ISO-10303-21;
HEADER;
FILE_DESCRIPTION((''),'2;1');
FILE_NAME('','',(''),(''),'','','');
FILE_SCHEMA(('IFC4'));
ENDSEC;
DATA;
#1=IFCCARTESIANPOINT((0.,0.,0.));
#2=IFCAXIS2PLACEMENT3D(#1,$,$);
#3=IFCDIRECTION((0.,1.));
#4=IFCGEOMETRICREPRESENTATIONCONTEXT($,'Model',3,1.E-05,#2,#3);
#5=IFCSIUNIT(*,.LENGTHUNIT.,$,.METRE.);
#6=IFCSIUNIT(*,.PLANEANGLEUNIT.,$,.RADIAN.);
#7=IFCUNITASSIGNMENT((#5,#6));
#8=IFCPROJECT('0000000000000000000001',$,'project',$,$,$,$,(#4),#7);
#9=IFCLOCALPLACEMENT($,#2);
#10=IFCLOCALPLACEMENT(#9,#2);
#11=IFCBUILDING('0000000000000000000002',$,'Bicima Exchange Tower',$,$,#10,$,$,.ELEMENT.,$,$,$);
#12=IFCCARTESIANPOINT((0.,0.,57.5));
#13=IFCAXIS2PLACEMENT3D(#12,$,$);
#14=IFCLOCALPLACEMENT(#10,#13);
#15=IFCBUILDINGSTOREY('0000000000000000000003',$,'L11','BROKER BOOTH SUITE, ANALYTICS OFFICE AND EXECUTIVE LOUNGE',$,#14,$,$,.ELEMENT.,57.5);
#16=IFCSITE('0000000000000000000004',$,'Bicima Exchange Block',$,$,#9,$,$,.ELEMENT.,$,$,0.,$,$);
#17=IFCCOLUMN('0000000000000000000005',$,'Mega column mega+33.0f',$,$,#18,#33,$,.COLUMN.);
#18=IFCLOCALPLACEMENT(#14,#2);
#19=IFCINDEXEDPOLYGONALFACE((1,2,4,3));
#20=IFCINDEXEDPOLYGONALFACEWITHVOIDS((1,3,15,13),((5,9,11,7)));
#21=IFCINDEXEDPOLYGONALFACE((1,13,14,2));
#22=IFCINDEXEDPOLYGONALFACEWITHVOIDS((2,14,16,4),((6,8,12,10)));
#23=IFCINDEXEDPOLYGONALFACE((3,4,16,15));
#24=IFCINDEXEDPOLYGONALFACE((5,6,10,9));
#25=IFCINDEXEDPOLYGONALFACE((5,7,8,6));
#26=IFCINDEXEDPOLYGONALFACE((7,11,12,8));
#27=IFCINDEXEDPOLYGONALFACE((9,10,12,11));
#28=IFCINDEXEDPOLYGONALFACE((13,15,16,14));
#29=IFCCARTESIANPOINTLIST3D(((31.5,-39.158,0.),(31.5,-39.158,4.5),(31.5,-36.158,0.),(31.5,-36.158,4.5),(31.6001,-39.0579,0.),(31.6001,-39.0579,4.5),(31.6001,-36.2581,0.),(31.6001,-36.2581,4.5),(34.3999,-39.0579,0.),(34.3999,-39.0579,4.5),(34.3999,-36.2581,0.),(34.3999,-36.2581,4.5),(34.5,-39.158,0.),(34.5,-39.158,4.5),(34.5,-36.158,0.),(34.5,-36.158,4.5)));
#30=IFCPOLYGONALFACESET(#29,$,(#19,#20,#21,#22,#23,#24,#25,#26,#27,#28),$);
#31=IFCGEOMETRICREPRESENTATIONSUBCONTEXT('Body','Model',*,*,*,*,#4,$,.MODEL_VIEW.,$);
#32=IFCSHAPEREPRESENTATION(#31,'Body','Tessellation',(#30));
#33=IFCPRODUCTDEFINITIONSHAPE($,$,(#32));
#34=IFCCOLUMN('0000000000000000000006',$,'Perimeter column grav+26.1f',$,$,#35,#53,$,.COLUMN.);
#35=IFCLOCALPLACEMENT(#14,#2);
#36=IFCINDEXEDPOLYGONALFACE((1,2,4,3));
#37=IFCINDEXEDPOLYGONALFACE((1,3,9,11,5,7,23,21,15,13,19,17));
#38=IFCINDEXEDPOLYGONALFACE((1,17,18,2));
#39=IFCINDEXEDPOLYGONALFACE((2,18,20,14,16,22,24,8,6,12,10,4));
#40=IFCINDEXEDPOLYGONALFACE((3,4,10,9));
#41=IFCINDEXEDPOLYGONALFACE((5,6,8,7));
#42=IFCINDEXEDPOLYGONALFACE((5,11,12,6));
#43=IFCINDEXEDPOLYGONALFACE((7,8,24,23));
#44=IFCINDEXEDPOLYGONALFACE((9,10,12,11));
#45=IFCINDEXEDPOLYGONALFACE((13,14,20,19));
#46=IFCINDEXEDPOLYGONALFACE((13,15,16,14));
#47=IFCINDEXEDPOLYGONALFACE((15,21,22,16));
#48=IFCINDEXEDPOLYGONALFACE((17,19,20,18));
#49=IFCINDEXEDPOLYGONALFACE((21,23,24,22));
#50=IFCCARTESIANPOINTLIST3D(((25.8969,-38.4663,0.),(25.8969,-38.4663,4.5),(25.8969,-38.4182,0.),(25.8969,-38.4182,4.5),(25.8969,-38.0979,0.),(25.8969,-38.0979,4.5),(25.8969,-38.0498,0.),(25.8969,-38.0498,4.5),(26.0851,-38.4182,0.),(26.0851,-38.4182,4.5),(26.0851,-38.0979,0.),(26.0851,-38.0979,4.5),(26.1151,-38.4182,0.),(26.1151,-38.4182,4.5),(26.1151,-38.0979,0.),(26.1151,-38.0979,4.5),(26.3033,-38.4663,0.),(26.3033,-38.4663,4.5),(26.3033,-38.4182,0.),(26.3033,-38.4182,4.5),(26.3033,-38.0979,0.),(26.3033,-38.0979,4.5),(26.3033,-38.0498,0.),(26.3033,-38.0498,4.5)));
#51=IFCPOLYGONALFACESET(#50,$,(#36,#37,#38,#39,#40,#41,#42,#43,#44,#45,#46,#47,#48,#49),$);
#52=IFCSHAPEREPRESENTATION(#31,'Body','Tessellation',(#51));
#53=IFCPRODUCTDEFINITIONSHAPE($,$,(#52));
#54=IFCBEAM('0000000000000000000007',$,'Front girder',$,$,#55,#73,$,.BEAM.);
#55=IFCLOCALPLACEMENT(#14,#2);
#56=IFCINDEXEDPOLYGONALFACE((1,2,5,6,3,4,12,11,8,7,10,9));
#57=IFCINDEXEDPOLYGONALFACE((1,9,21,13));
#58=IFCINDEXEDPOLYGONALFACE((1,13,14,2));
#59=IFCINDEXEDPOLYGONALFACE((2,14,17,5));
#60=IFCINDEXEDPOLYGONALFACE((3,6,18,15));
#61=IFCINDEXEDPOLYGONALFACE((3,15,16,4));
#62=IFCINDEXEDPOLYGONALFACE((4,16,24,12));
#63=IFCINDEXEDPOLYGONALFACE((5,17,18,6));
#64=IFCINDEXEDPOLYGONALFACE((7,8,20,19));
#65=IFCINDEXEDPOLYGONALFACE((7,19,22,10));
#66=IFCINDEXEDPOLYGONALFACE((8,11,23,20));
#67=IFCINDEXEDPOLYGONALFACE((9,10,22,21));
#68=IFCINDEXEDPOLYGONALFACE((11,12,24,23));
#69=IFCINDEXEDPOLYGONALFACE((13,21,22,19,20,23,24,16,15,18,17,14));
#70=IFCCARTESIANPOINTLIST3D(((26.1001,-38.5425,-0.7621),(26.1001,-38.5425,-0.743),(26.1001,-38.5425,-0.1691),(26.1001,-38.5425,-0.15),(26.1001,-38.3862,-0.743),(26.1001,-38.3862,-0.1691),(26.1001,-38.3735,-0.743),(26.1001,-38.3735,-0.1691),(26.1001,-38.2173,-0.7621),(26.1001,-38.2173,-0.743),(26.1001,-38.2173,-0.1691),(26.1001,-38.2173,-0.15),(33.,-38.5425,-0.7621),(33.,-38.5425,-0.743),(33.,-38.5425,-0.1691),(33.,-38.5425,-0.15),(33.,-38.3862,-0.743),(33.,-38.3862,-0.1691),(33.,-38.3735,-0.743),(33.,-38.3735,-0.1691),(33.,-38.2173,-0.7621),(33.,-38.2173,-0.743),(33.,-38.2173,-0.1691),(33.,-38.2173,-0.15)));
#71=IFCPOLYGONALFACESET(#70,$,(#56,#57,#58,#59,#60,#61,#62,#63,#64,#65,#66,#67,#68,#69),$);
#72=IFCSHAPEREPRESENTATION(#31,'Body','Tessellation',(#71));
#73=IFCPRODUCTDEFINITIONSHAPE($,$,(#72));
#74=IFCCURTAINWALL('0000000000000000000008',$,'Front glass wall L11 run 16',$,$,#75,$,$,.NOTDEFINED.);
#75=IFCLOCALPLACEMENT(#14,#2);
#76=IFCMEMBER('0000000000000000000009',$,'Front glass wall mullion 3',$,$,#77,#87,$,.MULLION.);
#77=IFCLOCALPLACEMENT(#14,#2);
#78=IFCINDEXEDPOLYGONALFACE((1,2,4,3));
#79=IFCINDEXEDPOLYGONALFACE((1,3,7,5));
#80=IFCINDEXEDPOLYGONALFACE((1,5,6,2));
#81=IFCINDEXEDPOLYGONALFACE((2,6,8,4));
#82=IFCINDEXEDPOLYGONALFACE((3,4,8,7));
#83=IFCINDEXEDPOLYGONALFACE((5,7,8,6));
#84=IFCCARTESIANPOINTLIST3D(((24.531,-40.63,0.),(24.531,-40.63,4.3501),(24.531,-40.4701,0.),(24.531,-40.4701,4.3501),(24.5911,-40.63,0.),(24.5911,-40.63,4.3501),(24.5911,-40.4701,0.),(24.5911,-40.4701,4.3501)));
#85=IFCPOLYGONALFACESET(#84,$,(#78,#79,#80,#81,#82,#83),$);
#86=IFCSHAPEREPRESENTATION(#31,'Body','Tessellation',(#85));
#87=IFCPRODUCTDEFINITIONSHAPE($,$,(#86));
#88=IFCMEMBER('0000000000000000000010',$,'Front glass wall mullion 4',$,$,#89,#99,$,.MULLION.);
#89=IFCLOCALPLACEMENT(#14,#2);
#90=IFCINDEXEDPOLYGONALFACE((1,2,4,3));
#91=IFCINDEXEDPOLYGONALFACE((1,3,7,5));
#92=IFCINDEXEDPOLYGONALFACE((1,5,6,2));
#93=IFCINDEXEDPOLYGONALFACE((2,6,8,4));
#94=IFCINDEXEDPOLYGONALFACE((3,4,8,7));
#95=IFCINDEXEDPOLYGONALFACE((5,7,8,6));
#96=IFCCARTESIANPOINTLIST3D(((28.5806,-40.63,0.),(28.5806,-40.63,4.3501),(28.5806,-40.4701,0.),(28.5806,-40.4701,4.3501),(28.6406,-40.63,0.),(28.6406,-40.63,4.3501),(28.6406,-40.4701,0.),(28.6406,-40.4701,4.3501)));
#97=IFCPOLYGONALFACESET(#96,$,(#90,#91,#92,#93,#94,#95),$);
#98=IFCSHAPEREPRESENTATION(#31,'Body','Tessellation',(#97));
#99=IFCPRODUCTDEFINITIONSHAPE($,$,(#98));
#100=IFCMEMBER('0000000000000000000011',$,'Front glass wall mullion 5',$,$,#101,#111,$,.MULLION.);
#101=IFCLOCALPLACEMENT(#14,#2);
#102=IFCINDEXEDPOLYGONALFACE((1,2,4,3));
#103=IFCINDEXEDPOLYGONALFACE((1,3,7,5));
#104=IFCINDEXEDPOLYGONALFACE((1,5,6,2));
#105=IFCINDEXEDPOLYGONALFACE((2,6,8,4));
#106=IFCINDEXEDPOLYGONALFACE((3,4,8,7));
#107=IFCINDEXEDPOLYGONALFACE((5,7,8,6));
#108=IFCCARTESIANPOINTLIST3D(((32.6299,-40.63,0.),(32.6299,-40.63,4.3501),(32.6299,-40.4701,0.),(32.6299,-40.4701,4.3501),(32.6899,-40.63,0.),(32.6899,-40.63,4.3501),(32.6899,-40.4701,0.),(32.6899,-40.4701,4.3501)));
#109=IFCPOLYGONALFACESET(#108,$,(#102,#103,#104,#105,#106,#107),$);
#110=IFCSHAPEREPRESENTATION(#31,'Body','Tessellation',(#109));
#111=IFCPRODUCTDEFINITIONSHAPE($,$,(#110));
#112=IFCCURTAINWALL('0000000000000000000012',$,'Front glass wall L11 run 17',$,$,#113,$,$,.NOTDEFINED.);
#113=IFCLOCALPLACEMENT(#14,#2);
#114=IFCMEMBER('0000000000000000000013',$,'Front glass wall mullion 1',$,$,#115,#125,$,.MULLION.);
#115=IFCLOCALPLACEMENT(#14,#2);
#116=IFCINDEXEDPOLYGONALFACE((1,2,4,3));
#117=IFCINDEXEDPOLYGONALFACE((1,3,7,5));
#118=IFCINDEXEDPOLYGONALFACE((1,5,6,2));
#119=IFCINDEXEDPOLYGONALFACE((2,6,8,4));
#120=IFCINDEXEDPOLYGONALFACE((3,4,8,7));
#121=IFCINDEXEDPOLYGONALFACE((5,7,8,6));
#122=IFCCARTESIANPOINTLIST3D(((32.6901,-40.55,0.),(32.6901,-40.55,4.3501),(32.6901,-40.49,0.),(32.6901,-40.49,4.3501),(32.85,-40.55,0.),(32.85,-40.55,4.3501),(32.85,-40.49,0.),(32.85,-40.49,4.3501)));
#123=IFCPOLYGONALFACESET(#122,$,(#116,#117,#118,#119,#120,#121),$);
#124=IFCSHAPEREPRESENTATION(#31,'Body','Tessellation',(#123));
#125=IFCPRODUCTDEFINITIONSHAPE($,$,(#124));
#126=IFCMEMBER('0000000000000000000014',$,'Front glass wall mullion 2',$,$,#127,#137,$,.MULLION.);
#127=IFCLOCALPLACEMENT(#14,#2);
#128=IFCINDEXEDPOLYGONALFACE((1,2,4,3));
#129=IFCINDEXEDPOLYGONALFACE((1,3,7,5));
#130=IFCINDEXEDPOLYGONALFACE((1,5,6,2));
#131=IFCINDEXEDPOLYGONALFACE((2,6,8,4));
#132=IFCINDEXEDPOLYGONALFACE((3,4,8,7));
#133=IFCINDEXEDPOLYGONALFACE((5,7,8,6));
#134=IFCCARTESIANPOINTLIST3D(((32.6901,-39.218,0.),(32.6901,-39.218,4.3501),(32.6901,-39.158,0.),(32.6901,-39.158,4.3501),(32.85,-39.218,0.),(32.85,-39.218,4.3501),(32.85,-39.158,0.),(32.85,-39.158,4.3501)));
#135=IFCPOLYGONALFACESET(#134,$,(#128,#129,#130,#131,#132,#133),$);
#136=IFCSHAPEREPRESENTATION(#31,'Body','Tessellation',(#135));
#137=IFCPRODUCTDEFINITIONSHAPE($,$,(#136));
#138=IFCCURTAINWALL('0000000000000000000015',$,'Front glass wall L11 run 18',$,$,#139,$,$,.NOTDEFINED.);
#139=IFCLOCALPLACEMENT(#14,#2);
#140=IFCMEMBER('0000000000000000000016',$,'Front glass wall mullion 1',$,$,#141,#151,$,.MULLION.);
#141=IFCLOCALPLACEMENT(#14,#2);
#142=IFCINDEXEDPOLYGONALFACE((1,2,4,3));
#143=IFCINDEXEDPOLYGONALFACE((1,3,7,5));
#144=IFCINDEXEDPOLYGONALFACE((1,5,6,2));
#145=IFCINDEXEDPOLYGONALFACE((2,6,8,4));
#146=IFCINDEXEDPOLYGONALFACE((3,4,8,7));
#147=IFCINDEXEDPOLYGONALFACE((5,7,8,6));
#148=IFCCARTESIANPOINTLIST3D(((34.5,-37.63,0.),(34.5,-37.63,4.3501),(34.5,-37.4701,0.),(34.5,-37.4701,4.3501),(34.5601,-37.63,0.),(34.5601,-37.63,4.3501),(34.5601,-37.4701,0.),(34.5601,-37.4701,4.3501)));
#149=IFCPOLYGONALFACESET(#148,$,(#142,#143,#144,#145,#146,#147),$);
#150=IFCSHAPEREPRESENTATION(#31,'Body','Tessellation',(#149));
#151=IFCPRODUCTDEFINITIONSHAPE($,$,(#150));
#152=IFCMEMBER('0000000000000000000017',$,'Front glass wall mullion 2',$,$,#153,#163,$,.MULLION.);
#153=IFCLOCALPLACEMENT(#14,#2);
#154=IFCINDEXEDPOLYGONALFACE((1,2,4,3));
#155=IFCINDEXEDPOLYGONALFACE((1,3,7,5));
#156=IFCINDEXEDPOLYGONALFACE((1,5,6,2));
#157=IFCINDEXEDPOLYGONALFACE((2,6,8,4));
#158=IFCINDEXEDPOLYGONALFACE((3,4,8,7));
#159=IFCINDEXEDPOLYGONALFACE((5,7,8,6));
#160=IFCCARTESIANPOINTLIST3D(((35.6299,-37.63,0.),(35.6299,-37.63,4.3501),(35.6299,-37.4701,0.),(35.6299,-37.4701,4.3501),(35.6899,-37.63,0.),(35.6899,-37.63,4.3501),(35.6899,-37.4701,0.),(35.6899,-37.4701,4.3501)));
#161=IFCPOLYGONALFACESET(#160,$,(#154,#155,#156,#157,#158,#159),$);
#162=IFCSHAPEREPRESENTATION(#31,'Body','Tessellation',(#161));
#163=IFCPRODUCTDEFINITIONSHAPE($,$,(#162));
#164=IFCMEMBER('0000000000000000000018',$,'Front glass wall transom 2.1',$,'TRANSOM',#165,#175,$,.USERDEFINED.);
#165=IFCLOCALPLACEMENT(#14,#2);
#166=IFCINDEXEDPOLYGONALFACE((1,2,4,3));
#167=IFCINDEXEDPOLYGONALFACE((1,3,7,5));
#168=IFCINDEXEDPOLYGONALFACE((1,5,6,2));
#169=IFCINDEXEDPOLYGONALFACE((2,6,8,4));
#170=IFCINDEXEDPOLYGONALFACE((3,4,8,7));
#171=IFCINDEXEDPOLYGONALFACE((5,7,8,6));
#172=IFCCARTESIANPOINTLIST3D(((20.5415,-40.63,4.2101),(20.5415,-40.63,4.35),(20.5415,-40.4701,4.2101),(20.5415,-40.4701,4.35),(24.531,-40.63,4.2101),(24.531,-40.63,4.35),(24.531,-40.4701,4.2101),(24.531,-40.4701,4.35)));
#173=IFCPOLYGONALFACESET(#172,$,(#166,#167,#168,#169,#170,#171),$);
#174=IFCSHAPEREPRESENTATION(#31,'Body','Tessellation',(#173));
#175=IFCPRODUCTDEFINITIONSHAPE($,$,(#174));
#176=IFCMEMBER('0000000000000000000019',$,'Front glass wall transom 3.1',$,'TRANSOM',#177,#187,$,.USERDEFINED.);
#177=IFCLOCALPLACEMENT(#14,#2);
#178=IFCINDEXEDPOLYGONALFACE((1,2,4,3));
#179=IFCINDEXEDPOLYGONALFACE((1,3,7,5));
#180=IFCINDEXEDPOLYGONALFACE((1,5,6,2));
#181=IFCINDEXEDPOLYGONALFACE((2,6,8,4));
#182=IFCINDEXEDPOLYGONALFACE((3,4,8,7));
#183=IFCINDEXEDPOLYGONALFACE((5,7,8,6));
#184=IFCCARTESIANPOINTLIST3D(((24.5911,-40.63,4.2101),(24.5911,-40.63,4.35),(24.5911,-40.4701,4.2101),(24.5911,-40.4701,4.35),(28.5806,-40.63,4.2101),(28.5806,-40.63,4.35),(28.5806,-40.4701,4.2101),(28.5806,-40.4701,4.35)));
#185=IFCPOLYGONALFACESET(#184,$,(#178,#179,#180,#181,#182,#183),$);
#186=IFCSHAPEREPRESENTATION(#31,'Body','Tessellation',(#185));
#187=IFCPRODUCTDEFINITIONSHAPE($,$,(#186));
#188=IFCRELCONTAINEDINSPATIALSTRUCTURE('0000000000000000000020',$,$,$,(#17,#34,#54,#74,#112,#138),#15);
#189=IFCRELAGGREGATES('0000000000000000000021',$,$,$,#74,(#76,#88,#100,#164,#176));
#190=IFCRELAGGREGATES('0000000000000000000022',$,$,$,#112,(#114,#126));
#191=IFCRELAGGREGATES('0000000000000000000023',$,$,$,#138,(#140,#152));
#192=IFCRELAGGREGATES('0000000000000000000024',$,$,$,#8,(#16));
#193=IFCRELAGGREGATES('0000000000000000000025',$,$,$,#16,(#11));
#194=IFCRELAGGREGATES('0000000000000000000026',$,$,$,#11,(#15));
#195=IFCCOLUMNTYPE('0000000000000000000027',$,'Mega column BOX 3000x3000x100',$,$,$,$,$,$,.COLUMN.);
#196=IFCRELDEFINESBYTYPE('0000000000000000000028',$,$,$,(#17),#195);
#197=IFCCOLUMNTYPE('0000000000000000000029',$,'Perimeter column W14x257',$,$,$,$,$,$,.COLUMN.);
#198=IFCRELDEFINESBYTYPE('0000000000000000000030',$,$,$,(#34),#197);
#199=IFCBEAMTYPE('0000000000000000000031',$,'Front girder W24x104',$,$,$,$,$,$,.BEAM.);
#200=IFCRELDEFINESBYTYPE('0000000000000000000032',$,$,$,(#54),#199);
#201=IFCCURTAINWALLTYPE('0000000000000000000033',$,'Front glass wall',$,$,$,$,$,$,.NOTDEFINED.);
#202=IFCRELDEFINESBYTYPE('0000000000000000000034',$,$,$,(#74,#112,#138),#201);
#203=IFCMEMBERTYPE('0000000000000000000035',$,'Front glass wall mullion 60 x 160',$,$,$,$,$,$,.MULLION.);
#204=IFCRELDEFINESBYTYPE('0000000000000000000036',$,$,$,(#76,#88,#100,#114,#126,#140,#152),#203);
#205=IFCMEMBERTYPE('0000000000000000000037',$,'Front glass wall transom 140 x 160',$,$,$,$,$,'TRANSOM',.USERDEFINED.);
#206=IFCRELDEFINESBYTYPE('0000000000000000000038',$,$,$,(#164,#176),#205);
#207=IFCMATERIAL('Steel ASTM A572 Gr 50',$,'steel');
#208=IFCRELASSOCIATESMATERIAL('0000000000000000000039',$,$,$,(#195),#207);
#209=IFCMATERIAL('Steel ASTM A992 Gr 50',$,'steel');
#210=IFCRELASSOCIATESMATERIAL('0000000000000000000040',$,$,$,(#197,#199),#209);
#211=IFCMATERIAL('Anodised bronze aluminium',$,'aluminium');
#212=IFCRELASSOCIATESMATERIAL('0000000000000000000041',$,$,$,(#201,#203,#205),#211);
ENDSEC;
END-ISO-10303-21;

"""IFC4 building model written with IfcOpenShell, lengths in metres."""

from ifc_helpers import new_model, si_unit, direction, frame, origin, origin_2d, place, context, subcontext, project, spatial, rectangle, hollow_rectangle, i_section, extrude, material, material_profile, profile_set, type_object, element, aggregate, save


model = new_model("IFC4")

# Units and contexts
model_context = context("Model", 3, precision=1e-05, world=origin(), true_north=direction((0.0, 1.0)))
body_context = subcontext(model_context, "Body", "Model", "MODEL_VIEW")
ifc_project = project(units=[si_unit("LENGTHUNIT", "METRE"), si_unit("PLANEANGLEUNIT", "RADIAN")], contexts=[model_context])

# Site, building, storey
site_placement = place(None, origin())
site = spatial("IfcSite", under=ifc_project, at=site_placement, Name="Bicima Exchange Block", CompositionType="ELEMENT", RefElevation=0.0)
building_placement = place(site_placement, origin())
building = spatial("IfcBuilding", under=site, at=building_placement, Name="Bicima Exchange Tower", CompositionType="ELEMENT")
storey_placement = place(building_placement, frame((0.0, 0.0, 57.5)))
storey = spatial("IfcBuildingStorey", under=building, at=storey_placement, Name="L11", Description="BROKER BOOTH SUITE, ANALYTICS OFFICE AND EXECUTIVE LOUNGE", CompositionType="ELEMENT", Elevation=57.5)

# Columns
ifc_material_1 = material(Name="Steel ASTM A572 Gr 50", Category="steel")
ifc_material_profile_1 = material_profile(ifc_material_1, hollow_rectangle(XDim=3.0, YDim=3.0, WallThickness=0.1001, at=origin_2d()))
ifc_profile_set_1 = profile_set([ifc_material_profile_1], Name="Steel ASTM A572 Gr 50")
column_type_1 = type_object("IfcColumnType", Name="Mega column BOX 3000x3000x100", PredefinedType="COLUMN", material=ifc_profile_set_1)
column_1_placement = place(storey_placement, frame((33.0, -37.658, 0.0), z_axis=(0.0, 0.0, 1.0), x_axis=(1.0, 0.0, 0.0)))
element("IfcColumn", 1, at=column_1_placement, inside=storey, type_object=column_type_1, Name="Mega column mega+33.0f", PredefinedType="COLUMN", context=body_context, shape_type="SweptSolid", body=[
    extrude(hollow_rectangle(XDim=3.0, YDim=3.0, WallThickness=0.1001, at=origin_2d()), origin(), (0.0, 0.0, 1.0), 4.5),
])
ifc_material_2 = material(Name="Steel ASTM A992 Gr 50", Category="steel")
ifc_material_profile_2 = material_profile(ifc_material_2, i_section(OverallWidth=0.4065, OverallDepth=0.4165, WebThickness=0.03, FlangeThickness=0.0481, at=origin_2d()))
ifc_profile_set_2 = profile_set([ifc_material_profile_2], Name="Steel ASTM A992 Gr 50")
column_type_2 = type_object("IfcColumnType", Name="Perimeter column W14x257", PredefinedType="COLUMN", material=ifc_profile_set_2)
column_2_placement = place(storey_placement, frame((26.1001, -38.2581, 0.0), z_axis=(0.0, 0.0, 1.0), x_axis=(1.0, 0.0, 0.0)))
element("IfcColumn", 2, at=column_2_placement, inside=storey, type_object=column_type_2, Name="Perimeter column grav+26.1f", PredefinedType="COLUMN", context=body_context, shape_type="SweptSolid", body=[
    extrude(i_section(OverallWidth=0.4065, OverallDepth=0.4165, WebThickness=0.03, FlangeThickness=0.0481, at=origin_2d()), origin(), (0.0, 0.0, 1.0), 4.5),
])

# Beam
ifc_material_profile_3 = material_profile(ifc_material_2, i_section(OverallWidth=0.3252, OverallDepth=0.6121, WebThickness=0.0127, FlangeThickness=0.019, at=origin_2d()))
ifc_profile_set_3 = profile_set([ifc_material_profile_3], Name="Steel ASTM A992 Gr 50")
beam_type = type_object("IfcBeamType", Name="Front girder W24x104", PredefinedType="BEAM", material=ifc_profile_set_3)
beam_placement = place(storey_placement, frame((26.1001, -38.3799, -0.4561), z_axis=(1.0, 0.0, 0.0), x_axis=(0.0, 1.0, 0.0)))
element("IfcBeam", 3, at=beam_placement, inside=storey, type_object=beam_type, Name="Front girder", PredefinedType="BEAM", context=body_context, shape_type="SweptSolid", body=[
    extrude(i_section(OverallWidth=0.3252, OverallDepth=0.6121, WebThickness=0.0127, FlangeThickness=0.019, at=origin_2d()), origin(), (0.0, 0.0, 1.0), 6.8999),
])

# Curtain walls, members
ifc_material_3 = material(Name="Anodised bronze aluminium", Category="aluminium")
curtain_wall_type = type_object("IfcCurtainWallType", Name="Front glass wall", PredefinedType="NOTDEFINED", material=ifc_material_3)
curtain_wall_1_placement = place(storey_placement, origin())
curtain_wall_1 = element("IfcCurtainWall", 4, at=curtain_wall_1_placement, inside=storey, type_object=curtain_wall_type, Name="Front glass wall L11 run 16", PredefinedType="NOTDEFINED")
ifc_material_profile_4 = material_profile(ifc_material_3, rectangle(XDim=0.1599, YDim=0.0601, at=origin_2d()))
ifc_profile_set_4 = profile_set([ifc_material_profile_4], Name="Anodised bronze aluminium")
member_type_1 = type_object("IfcMemberType", Name="Front glass wall mullion 60 x 160", PredefinedType="MULLION", material=ifc_profile_set_4)
member_1_placement = place(storey_placement, frame((24.561, -40.55, 0.0), z_axis=(0.0, 0.0, 1.0), x_axis=(0.0, 1.0, 0.0)))
member_1 = element("IfcMember", 5, at=member_1_placement, type_object=member_type_1, Name="Front glass wall mullion 3", PredefinedType="MULLION", context=body_context, shape_type="SweptSolid", body=[
    extrude(rectangle(XDim=0.1599, YDim=0.0601, at=origin_2d()), origin(), (0.0, 0.0, 1.0), 4.3501),
])
member_2_placement = place(storey_placement, frame((28.6106, -40.55, 0.0), z_axis=(0.0, 0.0, 1.0), x_axis=(0.0, 1.0, 0.0)))
member_2 = element("IfcMember", 6, at=member_2_placement, type_object=member_type_1, Name="Front glass wall mullion 4", PredefinedType="MULLION", context=body_context, shape_type="SweptSolid", body=[
    extrude(rectangle(XDim=0.1599, YDim=0.0601, at=origin_2d()), origin(), (0.0, 0.0, 1.0), 4.3501),
])
member_3_placement = place(storey_placement, frame((32.6599, -40.55, 0.0), z_axis=(0.0, 0.0, 1.0), x_axis=(0.0, 1.0, 0.0)))
member_3 = element("IfcMember", 7, at=member_3_placement, type_object=member_type_1, Name="Front glass wall mullion 5", PredefinedType="MULLION", context=body_context, shape_type="SweptSolid", body=[
    extrude(rectangle(XDim=0.1599, YDim=0.0601, at=origin_2d()), origin(), (0.0, 0.0, 1.0), 4.3501),
])
curtain_wall_2_placement = place(storey_placement, origin())
curtain_wall_2 = element("IfcCurtainWall", 8, at=curtain_wall_2_placement, inside=storey, type_object=curtain_wall_type, Name="Front glass wall L11 run 17", PredefinedType="NOTDEFINED")
member_4_placement = place(storey_placement, frame((32.77, -40.52, 0.0), z_axis=(0.0, 0.0, 1.0), x_axis=(-1.0, 0.0, 0.0)))
member_4 = element("IfcMember", 9, at=member_4_placement, type_object=member_type_1, Name="Front glass wall mullion 1", PredefinedType="MULLION", context=body_context, shape_type="SweptSolid", body=[
    extrude(rectangle(XDim=0.1599, YDim=0.0601, at=origin_2d()), origin(), (0.0, 0.0, 1.0), 4.3501),
])
member_5_placement = place(storey_placement, frame((32.77, -39.188, 0.0), z_axis=(0.0, 0.0, 1.0), x_axis=(-1.0, 0.0, 0.0)))
member_5 = element("IfcMember", 10, at=member_5_placement, type_object=member_type_1, Name="Front glass wall mullion 2", PredefinedType="MULLION", context=body_context, shape_type="SweptSolid", body=[
    extrude(rectangle(XDim=0.1599, YDim=0.0601, at=origin_2d()), origin(), (0.0, 0.0, 1.0), 4.3501),
])
curtain_wall_3_placement = place(storey_placement, origin())
curtain_wall_3 = element("IfcCurtainWall", 11, at=curtain_wall_3_placement, inside=storey, type_object=curtain_wall_type, Name="Front glass wall L11 run 18", PredefinedType="NOTDEFINED")
member_6_placement = place(storey_placement, frame((34.53, -37.55, 0.0), z_axis=(0.0, 0.0, 1.0), x_axis=(0.0, 1.0, 0.0)))
member_6 = element("IfcMember", 12, at=member_6_placement, type_object=member_type_1, Name="Front glass wall mullion 1", PredefinedType="MULLION", context=body_context, shape_type="SweptSolid", body=[
    extrude(rectangle(XDim=0.1599, YDim=0.0601, at=origin_2d()), origin(), (0.0, 0.0, 1.0), 4.3501),
])
member_7_placement = place(storey_placement, frame((35.6599, -37.55, 0.0), z_axis=(0.0, 0.0, 1.0), x_axis=(0.0, 1.0, 0.0)))
member_7 = element("IfcMember", 13, at=member_7_placement, type_object=member_type_1, Name="Front glass wall mullion 2", PredefinedType="MULLION", context=body_context, shape_type="SweptSolid", body=[
    extrude(rectangle(XDim=0.1599, YDim=0.0601, at=origin_2d()), origin(), (0.0, 0.0, 1.0), 4.3501),
])

# Members
ifc_material_profile_5 = material_profile(ifc_material_3, rectangle(XDim=0.1599, YDim=0.1399, at=origin_2d()))
ifc_profile_set_5 = profile_set([ifc_material_profile_5], Name="Anodised bronze aluminium")
member_type_2 = type_object("IfcMemberType", Name="Front glass wall transom 140 x 160", ElementType="TRANSOM", PredefinedType="USERDEFINED", material=ifc_profile_set_5)
member_8_placement = place(storey_placement, frame((20.5415, -40.55, 4.28), z_axis=(1.0, 0.0, 0.0), x_axis=(0.0, 1.0, 0.0)))
member_8 = element("IfcMember", 14, at=member_8_placement, type_object=member_type_2, Name="Front glass wall transom 2.1", ObjectType="TRANSOM", PredefinedType="USERDEFINED", context=body_context, shape_type="SweptSolid", body=[
    extrude(rectangle(XDim=0.1599, YDim=0.1399, at=origin_2d()), origin(), (0.0, 0.0, 1.0), 3.9895),
])
member_9_placement = place(storey_placement, frame((24.5911, -40.55, 4.28), z_axis=(1.0, 0.0, 0.0), x_axis=(0.0, 1.0, 0.0)))
member_9 = element("IfcMember", 15, at=member_9_placement, type_object=member_type_2, Name="Front glass wall transom 3.1", ObjectType="TRANSOM", PredefinedType="USERDEFINED", context=body_context, shape_type="SweptSolid", body=[
    extrude(rectangle(XDim=0.1599, YDim=0.1399, at=origin_2d()), origin(), (0.0, 0.0, 1.0), 3.9895),
])

aggregate(curtain_wall_1, [member_1, member_2, member_3, member_8, member_9])
aggregate(curtain_wall_2, [member_4, member_5])
aggregate(curtain_wall_3, [member_6, member_7])

save(model, "model.ifc")
